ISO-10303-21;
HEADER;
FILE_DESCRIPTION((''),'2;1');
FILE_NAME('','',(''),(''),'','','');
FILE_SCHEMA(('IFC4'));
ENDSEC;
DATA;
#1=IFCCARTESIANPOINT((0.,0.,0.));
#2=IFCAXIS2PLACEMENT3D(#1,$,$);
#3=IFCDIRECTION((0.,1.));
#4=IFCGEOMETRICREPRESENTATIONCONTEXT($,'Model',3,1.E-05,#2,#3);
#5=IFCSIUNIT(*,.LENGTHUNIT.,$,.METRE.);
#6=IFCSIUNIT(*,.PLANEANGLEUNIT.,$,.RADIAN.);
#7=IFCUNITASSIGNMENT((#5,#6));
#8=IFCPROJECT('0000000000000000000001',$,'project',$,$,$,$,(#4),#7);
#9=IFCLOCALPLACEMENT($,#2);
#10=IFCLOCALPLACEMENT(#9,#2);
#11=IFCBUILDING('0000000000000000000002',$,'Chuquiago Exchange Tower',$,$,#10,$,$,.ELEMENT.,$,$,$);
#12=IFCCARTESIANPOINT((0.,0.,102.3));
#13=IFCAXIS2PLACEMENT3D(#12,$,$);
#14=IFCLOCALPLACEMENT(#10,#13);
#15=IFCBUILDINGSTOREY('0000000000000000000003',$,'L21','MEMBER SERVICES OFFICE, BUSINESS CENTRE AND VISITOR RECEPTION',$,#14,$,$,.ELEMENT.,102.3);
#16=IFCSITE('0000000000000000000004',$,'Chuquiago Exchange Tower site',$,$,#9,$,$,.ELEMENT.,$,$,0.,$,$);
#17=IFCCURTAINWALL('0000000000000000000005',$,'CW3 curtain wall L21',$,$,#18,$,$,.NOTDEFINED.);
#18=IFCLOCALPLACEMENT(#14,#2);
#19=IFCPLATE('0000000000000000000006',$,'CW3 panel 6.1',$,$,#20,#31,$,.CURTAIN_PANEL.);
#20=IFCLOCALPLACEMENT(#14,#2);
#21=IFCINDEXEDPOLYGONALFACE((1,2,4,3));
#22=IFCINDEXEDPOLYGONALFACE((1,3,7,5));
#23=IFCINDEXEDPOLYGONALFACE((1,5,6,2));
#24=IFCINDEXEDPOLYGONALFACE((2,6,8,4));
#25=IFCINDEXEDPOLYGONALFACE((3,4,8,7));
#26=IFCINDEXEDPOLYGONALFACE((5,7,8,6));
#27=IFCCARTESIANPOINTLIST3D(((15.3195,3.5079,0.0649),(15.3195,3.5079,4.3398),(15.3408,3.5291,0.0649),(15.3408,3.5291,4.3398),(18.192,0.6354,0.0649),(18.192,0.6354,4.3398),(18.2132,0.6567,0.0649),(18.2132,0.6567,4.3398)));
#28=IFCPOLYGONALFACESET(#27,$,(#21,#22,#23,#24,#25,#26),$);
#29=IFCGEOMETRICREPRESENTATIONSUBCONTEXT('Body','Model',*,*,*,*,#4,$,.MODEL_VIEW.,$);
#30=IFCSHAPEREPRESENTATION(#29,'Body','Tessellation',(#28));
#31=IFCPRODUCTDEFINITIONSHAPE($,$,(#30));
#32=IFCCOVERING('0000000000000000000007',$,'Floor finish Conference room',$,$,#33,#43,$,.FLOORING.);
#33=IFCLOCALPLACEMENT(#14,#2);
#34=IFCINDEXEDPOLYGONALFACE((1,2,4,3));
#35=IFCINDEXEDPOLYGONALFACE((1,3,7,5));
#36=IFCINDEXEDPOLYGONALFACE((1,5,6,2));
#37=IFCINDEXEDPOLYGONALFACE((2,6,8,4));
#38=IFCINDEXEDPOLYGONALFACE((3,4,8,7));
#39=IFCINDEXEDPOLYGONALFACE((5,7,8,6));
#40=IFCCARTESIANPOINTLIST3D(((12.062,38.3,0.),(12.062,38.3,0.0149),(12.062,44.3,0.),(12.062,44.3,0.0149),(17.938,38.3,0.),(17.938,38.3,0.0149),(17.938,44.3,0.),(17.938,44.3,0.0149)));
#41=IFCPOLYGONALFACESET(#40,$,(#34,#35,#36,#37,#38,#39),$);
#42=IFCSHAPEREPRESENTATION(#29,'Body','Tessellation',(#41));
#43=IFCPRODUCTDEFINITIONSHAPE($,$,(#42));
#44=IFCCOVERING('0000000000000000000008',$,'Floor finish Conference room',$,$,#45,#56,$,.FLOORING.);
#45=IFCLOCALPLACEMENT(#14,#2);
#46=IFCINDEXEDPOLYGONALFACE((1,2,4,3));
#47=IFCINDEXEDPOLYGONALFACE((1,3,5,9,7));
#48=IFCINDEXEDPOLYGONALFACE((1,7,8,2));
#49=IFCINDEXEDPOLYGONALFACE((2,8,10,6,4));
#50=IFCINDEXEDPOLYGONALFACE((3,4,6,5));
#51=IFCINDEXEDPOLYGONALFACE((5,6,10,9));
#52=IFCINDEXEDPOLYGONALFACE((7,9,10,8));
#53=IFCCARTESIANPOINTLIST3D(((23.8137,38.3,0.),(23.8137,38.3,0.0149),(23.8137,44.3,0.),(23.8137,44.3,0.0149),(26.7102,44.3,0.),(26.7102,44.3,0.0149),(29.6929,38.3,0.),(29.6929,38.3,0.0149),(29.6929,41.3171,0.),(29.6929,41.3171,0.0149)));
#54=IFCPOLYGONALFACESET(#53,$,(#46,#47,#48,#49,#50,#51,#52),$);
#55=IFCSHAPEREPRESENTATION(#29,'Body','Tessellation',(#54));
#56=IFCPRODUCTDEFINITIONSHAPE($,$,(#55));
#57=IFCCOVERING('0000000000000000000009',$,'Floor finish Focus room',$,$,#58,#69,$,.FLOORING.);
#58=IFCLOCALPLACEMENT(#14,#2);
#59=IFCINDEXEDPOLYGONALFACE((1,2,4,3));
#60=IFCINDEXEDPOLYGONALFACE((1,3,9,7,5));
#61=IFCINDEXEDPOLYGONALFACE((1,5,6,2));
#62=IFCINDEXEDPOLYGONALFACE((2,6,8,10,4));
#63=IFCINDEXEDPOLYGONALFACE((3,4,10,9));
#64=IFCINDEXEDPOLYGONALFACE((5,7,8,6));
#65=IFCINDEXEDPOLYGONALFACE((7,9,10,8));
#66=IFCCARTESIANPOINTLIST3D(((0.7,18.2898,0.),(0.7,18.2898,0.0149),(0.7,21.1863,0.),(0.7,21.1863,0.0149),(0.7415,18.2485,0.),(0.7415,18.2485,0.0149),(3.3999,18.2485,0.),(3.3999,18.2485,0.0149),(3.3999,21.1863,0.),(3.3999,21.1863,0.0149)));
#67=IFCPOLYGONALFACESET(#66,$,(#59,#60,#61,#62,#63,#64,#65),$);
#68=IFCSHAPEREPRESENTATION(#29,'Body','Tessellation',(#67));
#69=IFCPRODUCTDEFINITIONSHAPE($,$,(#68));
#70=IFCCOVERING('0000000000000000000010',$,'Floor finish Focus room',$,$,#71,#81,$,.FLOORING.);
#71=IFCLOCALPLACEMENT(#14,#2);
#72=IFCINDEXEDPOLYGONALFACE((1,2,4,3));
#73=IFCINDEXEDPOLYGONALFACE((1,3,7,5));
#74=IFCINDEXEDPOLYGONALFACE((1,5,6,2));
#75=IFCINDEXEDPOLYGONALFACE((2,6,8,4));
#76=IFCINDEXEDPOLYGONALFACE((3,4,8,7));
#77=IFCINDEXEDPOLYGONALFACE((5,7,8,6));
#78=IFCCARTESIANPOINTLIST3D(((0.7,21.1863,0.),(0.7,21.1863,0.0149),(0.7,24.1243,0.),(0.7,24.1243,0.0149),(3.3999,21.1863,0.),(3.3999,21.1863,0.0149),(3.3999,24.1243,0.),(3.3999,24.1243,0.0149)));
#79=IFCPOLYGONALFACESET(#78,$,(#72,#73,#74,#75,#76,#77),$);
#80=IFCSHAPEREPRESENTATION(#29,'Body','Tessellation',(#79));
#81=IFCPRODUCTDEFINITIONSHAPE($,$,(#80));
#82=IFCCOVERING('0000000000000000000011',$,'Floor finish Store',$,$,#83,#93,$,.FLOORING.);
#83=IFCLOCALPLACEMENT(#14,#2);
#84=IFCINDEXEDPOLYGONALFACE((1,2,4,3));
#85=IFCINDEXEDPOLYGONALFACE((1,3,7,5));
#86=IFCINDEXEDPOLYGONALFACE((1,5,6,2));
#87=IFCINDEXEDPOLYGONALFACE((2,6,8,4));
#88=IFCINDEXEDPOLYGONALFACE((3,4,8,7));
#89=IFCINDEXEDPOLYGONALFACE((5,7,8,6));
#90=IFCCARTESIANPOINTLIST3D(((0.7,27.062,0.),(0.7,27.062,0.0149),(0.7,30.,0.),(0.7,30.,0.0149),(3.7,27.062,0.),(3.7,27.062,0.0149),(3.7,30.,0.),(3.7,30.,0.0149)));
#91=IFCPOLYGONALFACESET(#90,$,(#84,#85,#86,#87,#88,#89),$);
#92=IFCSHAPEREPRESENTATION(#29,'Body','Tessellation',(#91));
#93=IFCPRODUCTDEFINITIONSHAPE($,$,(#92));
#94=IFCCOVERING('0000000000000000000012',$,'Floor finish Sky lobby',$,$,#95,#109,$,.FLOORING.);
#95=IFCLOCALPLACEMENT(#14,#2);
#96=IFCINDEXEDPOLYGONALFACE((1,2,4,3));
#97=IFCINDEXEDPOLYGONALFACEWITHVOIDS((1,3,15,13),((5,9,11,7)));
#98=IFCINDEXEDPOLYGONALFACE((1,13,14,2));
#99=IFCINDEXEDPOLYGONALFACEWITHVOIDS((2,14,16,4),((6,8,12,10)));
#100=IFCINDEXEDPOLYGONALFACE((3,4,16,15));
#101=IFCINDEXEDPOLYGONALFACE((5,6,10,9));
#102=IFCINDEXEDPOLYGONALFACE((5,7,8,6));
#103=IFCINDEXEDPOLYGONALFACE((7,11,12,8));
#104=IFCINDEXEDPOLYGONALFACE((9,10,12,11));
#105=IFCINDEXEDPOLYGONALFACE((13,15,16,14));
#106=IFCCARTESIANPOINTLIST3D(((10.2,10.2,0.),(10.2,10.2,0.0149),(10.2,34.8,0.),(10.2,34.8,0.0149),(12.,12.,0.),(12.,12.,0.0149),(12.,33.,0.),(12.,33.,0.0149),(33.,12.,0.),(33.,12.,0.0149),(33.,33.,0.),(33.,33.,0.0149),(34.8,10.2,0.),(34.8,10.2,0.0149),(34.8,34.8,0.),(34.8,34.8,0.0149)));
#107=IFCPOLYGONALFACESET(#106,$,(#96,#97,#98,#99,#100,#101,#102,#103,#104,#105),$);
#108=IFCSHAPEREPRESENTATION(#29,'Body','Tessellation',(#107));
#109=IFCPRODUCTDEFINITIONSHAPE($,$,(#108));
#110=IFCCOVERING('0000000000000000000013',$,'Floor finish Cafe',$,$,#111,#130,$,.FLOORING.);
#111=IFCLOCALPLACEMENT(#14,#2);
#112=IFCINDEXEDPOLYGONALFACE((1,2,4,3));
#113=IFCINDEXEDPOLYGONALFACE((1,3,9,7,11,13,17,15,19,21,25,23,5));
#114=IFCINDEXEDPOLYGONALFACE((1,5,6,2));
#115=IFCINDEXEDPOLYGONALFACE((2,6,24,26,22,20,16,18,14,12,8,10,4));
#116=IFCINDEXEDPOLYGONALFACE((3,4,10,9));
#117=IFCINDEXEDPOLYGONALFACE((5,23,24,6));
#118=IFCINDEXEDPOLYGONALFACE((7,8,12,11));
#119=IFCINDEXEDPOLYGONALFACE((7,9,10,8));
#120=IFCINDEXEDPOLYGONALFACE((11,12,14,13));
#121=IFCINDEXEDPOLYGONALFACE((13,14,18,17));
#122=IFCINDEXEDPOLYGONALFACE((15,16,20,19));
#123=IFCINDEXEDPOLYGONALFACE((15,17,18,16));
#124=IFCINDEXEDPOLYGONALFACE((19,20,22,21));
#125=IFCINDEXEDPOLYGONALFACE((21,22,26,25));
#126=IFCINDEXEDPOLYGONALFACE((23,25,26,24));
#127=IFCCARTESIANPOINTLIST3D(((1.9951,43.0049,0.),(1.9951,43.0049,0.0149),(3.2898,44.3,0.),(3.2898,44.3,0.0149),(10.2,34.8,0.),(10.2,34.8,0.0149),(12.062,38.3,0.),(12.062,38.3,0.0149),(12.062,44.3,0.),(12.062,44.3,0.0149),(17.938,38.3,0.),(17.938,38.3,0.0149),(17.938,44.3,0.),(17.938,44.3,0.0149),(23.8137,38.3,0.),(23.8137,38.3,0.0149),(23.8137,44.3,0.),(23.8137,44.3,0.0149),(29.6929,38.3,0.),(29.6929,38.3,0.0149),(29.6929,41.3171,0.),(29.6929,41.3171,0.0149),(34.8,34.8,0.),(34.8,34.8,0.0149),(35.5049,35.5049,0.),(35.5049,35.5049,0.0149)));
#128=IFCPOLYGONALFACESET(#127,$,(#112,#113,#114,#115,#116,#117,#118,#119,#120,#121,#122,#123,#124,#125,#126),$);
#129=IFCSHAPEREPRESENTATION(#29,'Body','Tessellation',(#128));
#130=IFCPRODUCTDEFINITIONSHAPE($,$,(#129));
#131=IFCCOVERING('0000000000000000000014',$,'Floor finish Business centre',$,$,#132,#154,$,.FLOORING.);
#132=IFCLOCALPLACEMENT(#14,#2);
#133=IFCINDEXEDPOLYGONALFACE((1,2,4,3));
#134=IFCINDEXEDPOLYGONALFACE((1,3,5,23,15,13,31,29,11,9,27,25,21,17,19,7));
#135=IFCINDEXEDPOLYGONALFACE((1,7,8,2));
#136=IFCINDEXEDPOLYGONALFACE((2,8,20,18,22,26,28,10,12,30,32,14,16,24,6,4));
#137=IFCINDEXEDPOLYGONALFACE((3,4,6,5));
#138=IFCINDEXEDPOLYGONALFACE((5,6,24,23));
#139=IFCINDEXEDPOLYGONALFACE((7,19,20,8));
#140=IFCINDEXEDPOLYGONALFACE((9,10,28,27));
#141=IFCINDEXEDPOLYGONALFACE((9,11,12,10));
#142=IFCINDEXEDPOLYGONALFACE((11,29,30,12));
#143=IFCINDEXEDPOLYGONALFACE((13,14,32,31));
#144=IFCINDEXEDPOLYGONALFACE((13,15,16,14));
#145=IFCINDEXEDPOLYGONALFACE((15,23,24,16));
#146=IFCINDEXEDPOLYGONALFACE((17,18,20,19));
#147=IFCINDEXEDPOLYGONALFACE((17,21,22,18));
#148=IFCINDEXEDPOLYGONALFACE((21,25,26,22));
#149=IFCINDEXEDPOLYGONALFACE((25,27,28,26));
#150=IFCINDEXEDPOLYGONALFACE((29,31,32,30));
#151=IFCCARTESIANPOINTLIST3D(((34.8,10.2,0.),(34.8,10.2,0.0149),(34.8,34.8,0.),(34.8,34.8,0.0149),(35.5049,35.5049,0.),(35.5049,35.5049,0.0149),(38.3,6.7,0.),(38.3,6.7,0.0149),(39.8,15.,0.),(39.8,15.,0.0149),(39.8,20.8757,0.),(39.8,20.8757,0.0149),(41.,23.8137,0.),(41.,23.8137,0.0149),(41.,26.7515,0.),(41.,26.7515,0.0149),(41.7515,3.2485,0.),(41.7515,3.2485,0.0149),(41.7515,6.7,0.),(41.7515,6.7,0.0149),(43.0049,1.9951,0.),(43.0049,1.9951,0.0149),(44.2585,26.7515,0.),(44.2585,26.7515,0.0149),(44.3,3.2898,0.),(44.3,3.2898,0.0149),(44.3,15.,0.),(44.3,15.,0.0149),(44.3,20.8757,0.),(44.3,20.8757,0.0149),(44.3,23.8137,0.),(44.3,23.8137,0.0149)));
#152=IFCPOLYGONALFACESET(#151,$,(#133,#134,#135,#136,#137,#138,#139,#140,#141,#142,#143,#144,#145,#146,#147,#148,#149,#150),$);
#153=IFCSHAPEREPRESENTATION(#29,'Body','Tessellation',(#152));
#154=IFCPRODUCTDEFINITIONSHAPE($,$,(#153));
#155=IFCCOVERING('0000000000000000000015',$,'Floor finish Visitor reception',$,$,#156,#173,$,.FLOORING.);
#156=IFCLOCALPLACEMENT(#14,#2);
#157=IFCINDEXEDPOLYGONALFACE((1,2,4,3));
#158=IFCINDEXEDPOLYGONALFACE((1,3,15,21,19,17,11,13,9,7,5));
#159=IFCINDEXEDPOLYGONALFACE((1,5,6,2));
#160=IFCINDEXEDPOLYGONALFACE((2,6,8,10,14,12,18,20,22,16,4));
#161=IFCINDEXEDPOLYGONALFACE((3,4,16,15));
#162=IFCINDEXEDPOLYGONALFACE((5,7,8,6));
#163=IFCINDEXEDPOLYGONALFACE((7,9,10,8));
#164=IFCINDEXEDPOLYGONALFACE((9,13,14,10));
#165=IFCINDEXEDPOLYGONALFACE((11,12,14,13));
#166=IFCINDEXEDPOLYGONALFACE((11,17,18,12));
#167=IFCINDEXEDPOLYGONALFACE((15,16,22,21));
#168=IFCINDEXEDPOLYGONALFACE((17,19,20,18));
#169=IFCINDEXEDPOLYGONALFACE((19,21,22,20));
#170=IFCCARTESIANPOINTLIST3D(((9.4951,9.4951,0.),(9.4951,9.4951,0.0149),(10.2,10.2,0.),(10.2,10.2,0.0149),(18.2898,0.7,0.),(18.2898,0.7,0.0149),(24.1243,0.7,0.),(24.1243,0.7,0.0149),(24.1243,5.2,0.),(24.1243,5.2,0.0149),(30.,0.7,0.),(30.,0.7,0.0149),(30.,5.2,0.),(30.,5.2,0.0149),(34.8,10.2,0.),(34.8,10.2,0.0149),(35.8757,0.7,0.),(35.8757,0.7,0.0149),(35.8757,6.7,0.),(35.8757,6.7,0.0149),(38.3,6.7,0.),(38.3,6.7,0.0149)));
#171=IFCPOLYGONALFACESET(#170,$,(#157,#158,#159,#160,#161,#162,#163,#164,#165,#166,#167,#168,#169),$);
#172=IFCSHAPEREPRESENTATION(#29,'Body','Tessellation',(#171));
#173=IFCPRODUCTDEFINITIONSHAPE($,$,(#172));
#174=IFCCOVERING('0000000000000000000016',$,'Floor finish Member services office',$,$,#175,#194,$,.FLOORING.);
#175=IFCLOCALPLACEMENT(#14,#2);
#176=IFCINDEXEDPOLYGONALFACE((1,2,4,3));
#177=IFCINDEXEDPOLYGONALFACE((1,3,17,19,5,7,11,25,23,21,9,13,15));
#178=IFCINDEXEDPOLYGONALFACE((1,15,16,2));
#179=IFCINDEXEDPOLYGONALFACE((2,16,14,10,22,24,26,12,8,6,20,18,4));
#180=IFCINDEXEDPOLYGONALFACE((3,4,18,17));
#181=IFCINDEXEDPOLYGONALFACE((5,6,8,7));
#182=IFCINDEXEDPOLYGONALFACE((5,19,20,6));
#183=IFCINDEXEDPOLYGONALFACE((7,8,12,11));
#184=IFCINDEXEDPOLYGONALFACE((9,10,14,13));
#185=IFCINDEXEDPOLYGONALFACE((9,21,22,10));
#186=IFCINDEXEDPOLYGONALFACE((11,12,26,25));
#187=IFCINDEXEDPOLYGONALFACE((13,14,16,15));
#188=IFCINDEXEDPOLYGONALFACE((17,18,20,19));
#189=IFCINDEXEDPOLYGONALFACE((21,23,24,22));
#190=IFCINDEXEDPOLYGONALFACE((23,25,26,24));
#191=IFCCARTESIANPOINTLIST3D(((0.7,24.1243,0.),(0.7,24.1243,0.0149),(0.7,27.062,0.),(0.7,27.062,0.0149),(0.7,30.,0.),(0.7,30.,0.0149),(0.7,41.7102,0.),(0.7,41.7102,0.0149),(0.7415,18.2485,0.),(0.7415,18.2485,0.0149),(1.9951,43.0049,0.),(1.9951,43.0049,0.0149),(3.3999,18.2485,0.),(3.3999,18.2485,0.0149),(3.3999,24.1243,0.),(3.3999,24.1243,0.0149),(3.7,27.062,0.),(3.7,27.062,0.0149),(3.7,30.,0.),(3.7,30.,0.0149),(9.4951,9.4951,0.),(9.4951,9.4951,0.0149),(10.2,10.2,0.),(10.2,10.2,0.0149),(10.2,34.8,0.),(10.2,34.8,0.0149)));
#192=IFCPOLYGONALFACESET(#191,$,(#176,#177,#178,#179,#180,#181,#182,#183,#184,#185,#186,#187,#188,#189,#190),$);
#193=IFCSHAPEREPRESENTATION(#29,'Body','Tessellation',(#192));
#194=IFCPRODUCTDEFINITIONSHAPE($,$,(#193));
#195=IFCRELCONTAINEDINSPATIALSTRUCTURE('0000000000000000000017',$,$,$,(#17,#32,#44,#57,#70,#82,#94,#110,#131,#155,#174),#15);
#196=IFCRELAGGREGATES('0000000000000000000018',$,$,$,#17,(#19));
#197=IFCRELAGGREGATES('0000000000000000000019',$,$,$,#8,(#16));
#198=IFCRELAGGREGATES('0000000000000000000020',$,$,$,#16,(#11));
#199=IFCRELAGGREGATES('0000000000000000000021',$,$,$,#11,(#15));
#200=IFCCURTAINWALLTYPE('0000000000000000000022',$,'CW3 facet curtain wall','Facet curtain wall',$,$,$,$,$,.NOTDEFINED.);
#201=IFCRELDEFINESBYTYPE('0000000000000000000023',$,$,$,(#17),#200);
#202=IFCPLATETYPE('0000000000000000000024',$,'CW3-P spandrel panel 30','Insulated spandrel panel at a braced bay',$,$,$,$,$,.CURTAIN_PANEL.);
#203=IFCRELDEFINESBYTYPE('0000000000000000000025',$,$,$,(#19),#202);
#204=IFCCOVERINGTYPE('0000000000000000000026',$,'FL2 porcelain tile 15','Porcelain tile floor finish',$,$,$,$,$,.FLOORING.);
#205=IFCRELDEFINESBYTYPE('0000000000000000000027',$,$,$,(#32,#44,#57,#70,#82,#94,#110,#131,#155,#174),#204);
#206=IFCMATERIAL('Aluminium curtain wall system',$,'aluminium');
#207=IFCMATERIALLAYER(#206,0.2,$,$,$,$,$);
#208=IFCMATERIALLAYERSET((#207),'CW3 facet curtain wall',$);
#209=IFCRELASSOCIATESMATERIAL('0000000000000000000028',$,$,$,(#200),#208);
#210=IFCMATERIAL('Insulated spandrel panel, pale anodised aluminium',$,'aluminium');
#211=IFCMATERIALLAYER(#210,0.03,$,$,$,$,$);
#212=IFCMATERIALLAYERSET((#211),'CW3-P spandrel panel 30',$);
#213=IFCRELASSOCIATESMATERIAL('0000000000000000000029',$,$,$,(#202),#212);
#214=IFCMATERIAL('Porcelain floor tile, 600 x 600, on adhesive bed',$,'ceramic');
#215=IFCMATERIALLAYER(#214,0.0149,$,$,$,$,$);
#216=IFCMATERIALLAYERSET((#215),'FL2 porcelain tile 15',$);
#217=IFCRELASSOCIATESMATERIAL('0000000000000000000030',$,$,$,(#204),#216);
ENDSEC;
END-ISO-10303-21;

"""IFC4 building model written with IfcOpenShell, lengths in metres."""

from ifc_helpers import new_model, si_unit, direction, frame, origin, origin_2d, place, context, subcontext, project, spatial, polyline, rectangle, outline, extrude, material, layer, layer_set, type_object, element, aggregate, save


model = new_model("IFC4")

# Units and contexts
model_context = context("Model", 3, precision=1e-05, world=origin(), true_north=direction((0.0, 1.0)))
body_context = subcontext(model_context, "Body", "Model", "MODEL_VIEW")
ifc_project = project(units=[si_unit("LENGTHUNIT", "METRE"), si_unit("PLANEANGLEUNIT", "RADIAN")], contexts=[model_context])

# Site, building, storey
site_placement = place(None, origin())
site = spatial("IfcSite", under=ifc_project, at=site_placement, Name="Chuquiago Exchange Tower site", CompositionType="ELEMENT", RefElevation=0.0)
building_placement = place(site_placement, origin())
building = spatial("IfcBuilding", under=site, at=building_placement, Name="Chuquiago Exchange Tower", CompositionType="ELEMENT")
storey_placement = place(building_placement, frame((0.0, 0.0, 102.3)))
storey = spatial("IfcBuildingStorey", under=building, at=storey_placement, Name="L21", Description="MEMBER SERVICES OFFICE, BUSINESS CENTRE AND VISITOR RECEPTION", CompositionType="ELEMENT", Elevation=102.3)

# Curtain wall
ifc_material_1 = material(Name="Aluminium curtain wall system", Category="aluminium")
ifc_layer_1 = layer(ifc_material_1, 0.2)
ifc_layer_set_1 = layer_set([ifc_layer_1], Name="CW3 facet curtain wall")
curtain_wall_type_1 = type_object("IfcCurtainWallType", Name="CW3 facet curtain wall", Description="Facet curtain wall", PredefinedType="NOTDEFINED", material=ifc_layer_set_1)
curtain_wall_1_placement = place(storey_placement, origin())
curtain_wall_1 = element("IfcCurtainWall", 1, at=curtain_wall_1_placement, inside=storey, type_object=curtain_wall_type_1, Name="CW3 curtain wall L21", PredefinedType="NOTDEFINED")

# Plate
ifc_material_2 = material(Name="Insulated spandrel panel, pale anodised aluminium", Category="aluminium")
ifc_layer_2 = layer(ifc_material_2, 0.03)
ifc_layer_set_2 = layer_set([ifc_layer_2], Name="CW3-P spandrel panel 30")
plate_type = type_object("IfcPlateType", Name="CW3-P spandrel panel 30", Description="Insulated spandrel panel at a braced bay", PredefinedType="CURTAIN_PANEL", material=ifc_layer_set_2)
plate_1_placement = place(storey_placement, frame((16.7664, 2.0823, 0.0649), z_axis=(0.0, 0.0, 1.0), x_axis=(0.707107, -0.707107, 0.0)))
plate_1 = element("IfcPlate", 2, at=plate_1_placement, type_object=plate_type, Name="CW3 panel 6.1", PredefinedType="CURTAIN_PANEL", context=body_context, shape_type="SweptSolid", body=[
    extrude(rectangle(XDim=4.0623, YDim=0.03, at=origin_2d()), origin(), (0.0, 0.0, 1.0), 4.2749),
])
aggregate(curtain_wall_1, [plate_1])

# Coverings
ifc_material_3 = material(Name="Porcelain floor tile, 600 x 600, on adhesive bed", Category="ceramic")
ifc_layer_3 = layer(ifc_material_3, 0.0149)
ifc_layer_set_3 = layer_set([ifc_layer_3], Name="FL2 porcelain tile 15")
covering_type = type_object("IfcCoveringType", Name="FL2 porcelain tile 15", Description="Porcelain tile floor finish", PredefinedType="FLOORING", material=ifc_layer_set_3)
covering_1_placement = place(storey_placement, origin())
element("IfcCovering", 3, at=covering_1_placement, inside=storey, type_object=covering_type, Name="Floor finish Conference room", PredefinedType="FLOORING", context=body_context, shape_type="SweptSolid", body=[
    extrude(outline(polyline([(17.938, 44.3), (17.938, 38.3), (12.062, 38.3), (12.062, 44.3), (17.938, 44.3)])), origin(), (0.0, 0.0, 1.0), 0.0149),
])
covering_2_placement = place(storey_placement, origin())
element("IfcCovering", 4, at=covering_2_placement, inside=storey, type_object=covering_type, Name="Floor finish Conference room", PredefinedType="FLOORING", context=body_context, shape_type="SweptSolid", body=[
    extrude(outline(polyline([(26.7102, 44.3), (29.6929, 41.3171), (29.6929, 38.3), (23.8137, 38.3), (23.8137, 44.3), (26.7102, 44.3)])), origin(), (0.0, 0.0, 1.0), 0.0149),
])
covering_3_placement = place(storey_placement, origin())
element("IfcCovering", 5, at=covering_3_placement, inside=storey, type_object=covering_type, Name="Floor finish Focus room", PredefinedType="FLOORING", context=body_context, shape_type="SweptSolid", body=[
    extrude(outline(polyline([(0.7, 21.1863), (3.3999, 21.1863), (3.3999, 18.2485), (0.7415, 18.2485), (0.7, 18.2898), (0.7, 21.1863)])), origin(), (0.0, 0.0, 1.0), 0.0149),
])
covering_4_placement = place(storey_placement, origin())
element("IfcCovering", 6, at=covering_4_placement, inside=storey, type_object=covering_type, Name="Floor finish Focus room", PredefinedType="FLOORING", context=body_context, shape_type="SweptSolid", body=[
    extrude(outline(polyline([(0.7, 24.1243), (3.3999, 24.1243), (3.3999, 21.1863), (0.7, 21.1863), (0.7, 24.1243)])), origin(), (0.0, 0.0, 1.0), 0.0149),
])
covering_5_placement = place(storey_placement, origin())
element("IfcCovering", 7, at=covering_5_placement, inside=storey, type_object=covering_type, Name="Floor finish Store", PredefinedType="FLOORING", context=body_context, shape_type="SweptSolid", body=[
    extrude(outline(polyline([(0.7, 30.0), (3.7, 30.0), (3.7, 27.062), (0.7, 27.062), (0.7, 30.0)])), origin(), (0.0, 0.0, 1.0), 0.0149),
])
covering_6_placement = place(storey_placement, origin())
element("IfcCovering", 8, at=covering_6_placement, inside=storey, type_object=covering_type, Name="Floor finish Sky lobby", PredefinedType="FLOORING", context=body_context, shape_type="SweptSolid", body=[
    extrude(outline(polyline([(10.2, 10.2), (10.2, 34.8), (34.8, 34.8), (34.8, 10.2), (10.2, 10.2)]), holes=[polyline([(12.0, 12.0), (33.0, 12.0), (33.0, 33.0), (12.0, 33.0), (12.0, 12.0)])]), origin(), (0.0, 0.0, 1.0), 0.0149),
])
covering_7_placement = place(storey_placement, origin())
element("IfcCovering", 9, at=covering_7_placement, inside=storey, type_object=covering_type, Name="Floor finish Cafe", PredefinedType="FLOORING", context=body_context, shape_type="SweptSolid", body=[
    extrude(outline(polyline([(3.2898, 44.3), (12.062, 44.3), (12.062, 38.3), (17.938, 38.3), (17.938, 44.3), (23.8137, 44.3), (23.8137, 38.3), (29.6929, 38.3), (29.6929, 41.3171), (35.5049, 35.5049), (34.8, 34.8), (10.2, 34.8), (1.9951, 43.0049), (3.2898, 44.3)])), origin(), (0.0, 0.0, 1.0), 0.0149),
])
covering_8_placement = place(storey_placement, origin())
element("IfcCovering", 10, at=covering_8_placement, inside=storey, type_object=covering_type, Name="Floor finish Business centre", PredefinedType="FLOORING", context=body_context, shape_type="SweptSolid", body=[
    extrude(outline(polyline([(44.2585, 26.7515), (41.0, 26.7515), (41.0, 23.8137), (44.3, 23.8137), (44.3, 20.8757), (39.8, 20.8757), (39.8, 15.0), (44.3, 15.0), (44.3, 3.2898), (43.0049, 1.9951), (41.7515, 3.2485), (41.7515, 6.7), (38.3, 6.7), (34.8, 10.2), (34.8, 34.8), (35.5049, 35.5049), (44.2585, 26.7515)])), origin(), (0.0, 0.0, 1.0), 0.0149),
])
covering_9_placement = place(storey_placement, origin())
element("IfcCovering", 11, at=covering_9_placement, inside=storey, type_object=covering_type, Name="Floor finish Visitor reception", PredefinedType="FLOORING", context=body_context, shape_type="SweptSolid", body=[
    extrude(outline(polyline([(35.8757, 6.7), (35.8757, 0.7), (30.0, 0.7), (30.0, 5.2), (24.1243, 5.2), (24.1243, 0.7), (18.2898, 0.7), (9.4951, 9.4951), (10.2, 10.2), (34.8, 10.2), (38.3, 6.7), (35.8757, 6.7)])), origin(), (0.0, 0.0, 1.0), 0.0149),
])
covering_10_placement = place(storey_placement, origin())
element("IfcCovering", 12, at=covering_10_placement, inside=storey, type_object=covering_type, Name="Floor finish Member services office", PredefinedType="FLOORING", context=body_context, shape_type="SweptSolid", body=[
    extrude(outline(polyline([(3.7, 30.0), (0.7, 30.0), (0.7, 41.7102), (1.9951, 43.0049), (10.2, 34.8), (10.2, 10.2), (9.4951, 9.4951), (0.7415, 18.2485), (3.3999, 18.2485), (3.3999, 24.1243), (0.7, 24.1243), (0.7, 27.062), (3.7, 27.062), (3.7, 30.0)])), origin(), (0.0, 0.0, 1.0), 0.0149),
])

save(model, "model.ifc")
